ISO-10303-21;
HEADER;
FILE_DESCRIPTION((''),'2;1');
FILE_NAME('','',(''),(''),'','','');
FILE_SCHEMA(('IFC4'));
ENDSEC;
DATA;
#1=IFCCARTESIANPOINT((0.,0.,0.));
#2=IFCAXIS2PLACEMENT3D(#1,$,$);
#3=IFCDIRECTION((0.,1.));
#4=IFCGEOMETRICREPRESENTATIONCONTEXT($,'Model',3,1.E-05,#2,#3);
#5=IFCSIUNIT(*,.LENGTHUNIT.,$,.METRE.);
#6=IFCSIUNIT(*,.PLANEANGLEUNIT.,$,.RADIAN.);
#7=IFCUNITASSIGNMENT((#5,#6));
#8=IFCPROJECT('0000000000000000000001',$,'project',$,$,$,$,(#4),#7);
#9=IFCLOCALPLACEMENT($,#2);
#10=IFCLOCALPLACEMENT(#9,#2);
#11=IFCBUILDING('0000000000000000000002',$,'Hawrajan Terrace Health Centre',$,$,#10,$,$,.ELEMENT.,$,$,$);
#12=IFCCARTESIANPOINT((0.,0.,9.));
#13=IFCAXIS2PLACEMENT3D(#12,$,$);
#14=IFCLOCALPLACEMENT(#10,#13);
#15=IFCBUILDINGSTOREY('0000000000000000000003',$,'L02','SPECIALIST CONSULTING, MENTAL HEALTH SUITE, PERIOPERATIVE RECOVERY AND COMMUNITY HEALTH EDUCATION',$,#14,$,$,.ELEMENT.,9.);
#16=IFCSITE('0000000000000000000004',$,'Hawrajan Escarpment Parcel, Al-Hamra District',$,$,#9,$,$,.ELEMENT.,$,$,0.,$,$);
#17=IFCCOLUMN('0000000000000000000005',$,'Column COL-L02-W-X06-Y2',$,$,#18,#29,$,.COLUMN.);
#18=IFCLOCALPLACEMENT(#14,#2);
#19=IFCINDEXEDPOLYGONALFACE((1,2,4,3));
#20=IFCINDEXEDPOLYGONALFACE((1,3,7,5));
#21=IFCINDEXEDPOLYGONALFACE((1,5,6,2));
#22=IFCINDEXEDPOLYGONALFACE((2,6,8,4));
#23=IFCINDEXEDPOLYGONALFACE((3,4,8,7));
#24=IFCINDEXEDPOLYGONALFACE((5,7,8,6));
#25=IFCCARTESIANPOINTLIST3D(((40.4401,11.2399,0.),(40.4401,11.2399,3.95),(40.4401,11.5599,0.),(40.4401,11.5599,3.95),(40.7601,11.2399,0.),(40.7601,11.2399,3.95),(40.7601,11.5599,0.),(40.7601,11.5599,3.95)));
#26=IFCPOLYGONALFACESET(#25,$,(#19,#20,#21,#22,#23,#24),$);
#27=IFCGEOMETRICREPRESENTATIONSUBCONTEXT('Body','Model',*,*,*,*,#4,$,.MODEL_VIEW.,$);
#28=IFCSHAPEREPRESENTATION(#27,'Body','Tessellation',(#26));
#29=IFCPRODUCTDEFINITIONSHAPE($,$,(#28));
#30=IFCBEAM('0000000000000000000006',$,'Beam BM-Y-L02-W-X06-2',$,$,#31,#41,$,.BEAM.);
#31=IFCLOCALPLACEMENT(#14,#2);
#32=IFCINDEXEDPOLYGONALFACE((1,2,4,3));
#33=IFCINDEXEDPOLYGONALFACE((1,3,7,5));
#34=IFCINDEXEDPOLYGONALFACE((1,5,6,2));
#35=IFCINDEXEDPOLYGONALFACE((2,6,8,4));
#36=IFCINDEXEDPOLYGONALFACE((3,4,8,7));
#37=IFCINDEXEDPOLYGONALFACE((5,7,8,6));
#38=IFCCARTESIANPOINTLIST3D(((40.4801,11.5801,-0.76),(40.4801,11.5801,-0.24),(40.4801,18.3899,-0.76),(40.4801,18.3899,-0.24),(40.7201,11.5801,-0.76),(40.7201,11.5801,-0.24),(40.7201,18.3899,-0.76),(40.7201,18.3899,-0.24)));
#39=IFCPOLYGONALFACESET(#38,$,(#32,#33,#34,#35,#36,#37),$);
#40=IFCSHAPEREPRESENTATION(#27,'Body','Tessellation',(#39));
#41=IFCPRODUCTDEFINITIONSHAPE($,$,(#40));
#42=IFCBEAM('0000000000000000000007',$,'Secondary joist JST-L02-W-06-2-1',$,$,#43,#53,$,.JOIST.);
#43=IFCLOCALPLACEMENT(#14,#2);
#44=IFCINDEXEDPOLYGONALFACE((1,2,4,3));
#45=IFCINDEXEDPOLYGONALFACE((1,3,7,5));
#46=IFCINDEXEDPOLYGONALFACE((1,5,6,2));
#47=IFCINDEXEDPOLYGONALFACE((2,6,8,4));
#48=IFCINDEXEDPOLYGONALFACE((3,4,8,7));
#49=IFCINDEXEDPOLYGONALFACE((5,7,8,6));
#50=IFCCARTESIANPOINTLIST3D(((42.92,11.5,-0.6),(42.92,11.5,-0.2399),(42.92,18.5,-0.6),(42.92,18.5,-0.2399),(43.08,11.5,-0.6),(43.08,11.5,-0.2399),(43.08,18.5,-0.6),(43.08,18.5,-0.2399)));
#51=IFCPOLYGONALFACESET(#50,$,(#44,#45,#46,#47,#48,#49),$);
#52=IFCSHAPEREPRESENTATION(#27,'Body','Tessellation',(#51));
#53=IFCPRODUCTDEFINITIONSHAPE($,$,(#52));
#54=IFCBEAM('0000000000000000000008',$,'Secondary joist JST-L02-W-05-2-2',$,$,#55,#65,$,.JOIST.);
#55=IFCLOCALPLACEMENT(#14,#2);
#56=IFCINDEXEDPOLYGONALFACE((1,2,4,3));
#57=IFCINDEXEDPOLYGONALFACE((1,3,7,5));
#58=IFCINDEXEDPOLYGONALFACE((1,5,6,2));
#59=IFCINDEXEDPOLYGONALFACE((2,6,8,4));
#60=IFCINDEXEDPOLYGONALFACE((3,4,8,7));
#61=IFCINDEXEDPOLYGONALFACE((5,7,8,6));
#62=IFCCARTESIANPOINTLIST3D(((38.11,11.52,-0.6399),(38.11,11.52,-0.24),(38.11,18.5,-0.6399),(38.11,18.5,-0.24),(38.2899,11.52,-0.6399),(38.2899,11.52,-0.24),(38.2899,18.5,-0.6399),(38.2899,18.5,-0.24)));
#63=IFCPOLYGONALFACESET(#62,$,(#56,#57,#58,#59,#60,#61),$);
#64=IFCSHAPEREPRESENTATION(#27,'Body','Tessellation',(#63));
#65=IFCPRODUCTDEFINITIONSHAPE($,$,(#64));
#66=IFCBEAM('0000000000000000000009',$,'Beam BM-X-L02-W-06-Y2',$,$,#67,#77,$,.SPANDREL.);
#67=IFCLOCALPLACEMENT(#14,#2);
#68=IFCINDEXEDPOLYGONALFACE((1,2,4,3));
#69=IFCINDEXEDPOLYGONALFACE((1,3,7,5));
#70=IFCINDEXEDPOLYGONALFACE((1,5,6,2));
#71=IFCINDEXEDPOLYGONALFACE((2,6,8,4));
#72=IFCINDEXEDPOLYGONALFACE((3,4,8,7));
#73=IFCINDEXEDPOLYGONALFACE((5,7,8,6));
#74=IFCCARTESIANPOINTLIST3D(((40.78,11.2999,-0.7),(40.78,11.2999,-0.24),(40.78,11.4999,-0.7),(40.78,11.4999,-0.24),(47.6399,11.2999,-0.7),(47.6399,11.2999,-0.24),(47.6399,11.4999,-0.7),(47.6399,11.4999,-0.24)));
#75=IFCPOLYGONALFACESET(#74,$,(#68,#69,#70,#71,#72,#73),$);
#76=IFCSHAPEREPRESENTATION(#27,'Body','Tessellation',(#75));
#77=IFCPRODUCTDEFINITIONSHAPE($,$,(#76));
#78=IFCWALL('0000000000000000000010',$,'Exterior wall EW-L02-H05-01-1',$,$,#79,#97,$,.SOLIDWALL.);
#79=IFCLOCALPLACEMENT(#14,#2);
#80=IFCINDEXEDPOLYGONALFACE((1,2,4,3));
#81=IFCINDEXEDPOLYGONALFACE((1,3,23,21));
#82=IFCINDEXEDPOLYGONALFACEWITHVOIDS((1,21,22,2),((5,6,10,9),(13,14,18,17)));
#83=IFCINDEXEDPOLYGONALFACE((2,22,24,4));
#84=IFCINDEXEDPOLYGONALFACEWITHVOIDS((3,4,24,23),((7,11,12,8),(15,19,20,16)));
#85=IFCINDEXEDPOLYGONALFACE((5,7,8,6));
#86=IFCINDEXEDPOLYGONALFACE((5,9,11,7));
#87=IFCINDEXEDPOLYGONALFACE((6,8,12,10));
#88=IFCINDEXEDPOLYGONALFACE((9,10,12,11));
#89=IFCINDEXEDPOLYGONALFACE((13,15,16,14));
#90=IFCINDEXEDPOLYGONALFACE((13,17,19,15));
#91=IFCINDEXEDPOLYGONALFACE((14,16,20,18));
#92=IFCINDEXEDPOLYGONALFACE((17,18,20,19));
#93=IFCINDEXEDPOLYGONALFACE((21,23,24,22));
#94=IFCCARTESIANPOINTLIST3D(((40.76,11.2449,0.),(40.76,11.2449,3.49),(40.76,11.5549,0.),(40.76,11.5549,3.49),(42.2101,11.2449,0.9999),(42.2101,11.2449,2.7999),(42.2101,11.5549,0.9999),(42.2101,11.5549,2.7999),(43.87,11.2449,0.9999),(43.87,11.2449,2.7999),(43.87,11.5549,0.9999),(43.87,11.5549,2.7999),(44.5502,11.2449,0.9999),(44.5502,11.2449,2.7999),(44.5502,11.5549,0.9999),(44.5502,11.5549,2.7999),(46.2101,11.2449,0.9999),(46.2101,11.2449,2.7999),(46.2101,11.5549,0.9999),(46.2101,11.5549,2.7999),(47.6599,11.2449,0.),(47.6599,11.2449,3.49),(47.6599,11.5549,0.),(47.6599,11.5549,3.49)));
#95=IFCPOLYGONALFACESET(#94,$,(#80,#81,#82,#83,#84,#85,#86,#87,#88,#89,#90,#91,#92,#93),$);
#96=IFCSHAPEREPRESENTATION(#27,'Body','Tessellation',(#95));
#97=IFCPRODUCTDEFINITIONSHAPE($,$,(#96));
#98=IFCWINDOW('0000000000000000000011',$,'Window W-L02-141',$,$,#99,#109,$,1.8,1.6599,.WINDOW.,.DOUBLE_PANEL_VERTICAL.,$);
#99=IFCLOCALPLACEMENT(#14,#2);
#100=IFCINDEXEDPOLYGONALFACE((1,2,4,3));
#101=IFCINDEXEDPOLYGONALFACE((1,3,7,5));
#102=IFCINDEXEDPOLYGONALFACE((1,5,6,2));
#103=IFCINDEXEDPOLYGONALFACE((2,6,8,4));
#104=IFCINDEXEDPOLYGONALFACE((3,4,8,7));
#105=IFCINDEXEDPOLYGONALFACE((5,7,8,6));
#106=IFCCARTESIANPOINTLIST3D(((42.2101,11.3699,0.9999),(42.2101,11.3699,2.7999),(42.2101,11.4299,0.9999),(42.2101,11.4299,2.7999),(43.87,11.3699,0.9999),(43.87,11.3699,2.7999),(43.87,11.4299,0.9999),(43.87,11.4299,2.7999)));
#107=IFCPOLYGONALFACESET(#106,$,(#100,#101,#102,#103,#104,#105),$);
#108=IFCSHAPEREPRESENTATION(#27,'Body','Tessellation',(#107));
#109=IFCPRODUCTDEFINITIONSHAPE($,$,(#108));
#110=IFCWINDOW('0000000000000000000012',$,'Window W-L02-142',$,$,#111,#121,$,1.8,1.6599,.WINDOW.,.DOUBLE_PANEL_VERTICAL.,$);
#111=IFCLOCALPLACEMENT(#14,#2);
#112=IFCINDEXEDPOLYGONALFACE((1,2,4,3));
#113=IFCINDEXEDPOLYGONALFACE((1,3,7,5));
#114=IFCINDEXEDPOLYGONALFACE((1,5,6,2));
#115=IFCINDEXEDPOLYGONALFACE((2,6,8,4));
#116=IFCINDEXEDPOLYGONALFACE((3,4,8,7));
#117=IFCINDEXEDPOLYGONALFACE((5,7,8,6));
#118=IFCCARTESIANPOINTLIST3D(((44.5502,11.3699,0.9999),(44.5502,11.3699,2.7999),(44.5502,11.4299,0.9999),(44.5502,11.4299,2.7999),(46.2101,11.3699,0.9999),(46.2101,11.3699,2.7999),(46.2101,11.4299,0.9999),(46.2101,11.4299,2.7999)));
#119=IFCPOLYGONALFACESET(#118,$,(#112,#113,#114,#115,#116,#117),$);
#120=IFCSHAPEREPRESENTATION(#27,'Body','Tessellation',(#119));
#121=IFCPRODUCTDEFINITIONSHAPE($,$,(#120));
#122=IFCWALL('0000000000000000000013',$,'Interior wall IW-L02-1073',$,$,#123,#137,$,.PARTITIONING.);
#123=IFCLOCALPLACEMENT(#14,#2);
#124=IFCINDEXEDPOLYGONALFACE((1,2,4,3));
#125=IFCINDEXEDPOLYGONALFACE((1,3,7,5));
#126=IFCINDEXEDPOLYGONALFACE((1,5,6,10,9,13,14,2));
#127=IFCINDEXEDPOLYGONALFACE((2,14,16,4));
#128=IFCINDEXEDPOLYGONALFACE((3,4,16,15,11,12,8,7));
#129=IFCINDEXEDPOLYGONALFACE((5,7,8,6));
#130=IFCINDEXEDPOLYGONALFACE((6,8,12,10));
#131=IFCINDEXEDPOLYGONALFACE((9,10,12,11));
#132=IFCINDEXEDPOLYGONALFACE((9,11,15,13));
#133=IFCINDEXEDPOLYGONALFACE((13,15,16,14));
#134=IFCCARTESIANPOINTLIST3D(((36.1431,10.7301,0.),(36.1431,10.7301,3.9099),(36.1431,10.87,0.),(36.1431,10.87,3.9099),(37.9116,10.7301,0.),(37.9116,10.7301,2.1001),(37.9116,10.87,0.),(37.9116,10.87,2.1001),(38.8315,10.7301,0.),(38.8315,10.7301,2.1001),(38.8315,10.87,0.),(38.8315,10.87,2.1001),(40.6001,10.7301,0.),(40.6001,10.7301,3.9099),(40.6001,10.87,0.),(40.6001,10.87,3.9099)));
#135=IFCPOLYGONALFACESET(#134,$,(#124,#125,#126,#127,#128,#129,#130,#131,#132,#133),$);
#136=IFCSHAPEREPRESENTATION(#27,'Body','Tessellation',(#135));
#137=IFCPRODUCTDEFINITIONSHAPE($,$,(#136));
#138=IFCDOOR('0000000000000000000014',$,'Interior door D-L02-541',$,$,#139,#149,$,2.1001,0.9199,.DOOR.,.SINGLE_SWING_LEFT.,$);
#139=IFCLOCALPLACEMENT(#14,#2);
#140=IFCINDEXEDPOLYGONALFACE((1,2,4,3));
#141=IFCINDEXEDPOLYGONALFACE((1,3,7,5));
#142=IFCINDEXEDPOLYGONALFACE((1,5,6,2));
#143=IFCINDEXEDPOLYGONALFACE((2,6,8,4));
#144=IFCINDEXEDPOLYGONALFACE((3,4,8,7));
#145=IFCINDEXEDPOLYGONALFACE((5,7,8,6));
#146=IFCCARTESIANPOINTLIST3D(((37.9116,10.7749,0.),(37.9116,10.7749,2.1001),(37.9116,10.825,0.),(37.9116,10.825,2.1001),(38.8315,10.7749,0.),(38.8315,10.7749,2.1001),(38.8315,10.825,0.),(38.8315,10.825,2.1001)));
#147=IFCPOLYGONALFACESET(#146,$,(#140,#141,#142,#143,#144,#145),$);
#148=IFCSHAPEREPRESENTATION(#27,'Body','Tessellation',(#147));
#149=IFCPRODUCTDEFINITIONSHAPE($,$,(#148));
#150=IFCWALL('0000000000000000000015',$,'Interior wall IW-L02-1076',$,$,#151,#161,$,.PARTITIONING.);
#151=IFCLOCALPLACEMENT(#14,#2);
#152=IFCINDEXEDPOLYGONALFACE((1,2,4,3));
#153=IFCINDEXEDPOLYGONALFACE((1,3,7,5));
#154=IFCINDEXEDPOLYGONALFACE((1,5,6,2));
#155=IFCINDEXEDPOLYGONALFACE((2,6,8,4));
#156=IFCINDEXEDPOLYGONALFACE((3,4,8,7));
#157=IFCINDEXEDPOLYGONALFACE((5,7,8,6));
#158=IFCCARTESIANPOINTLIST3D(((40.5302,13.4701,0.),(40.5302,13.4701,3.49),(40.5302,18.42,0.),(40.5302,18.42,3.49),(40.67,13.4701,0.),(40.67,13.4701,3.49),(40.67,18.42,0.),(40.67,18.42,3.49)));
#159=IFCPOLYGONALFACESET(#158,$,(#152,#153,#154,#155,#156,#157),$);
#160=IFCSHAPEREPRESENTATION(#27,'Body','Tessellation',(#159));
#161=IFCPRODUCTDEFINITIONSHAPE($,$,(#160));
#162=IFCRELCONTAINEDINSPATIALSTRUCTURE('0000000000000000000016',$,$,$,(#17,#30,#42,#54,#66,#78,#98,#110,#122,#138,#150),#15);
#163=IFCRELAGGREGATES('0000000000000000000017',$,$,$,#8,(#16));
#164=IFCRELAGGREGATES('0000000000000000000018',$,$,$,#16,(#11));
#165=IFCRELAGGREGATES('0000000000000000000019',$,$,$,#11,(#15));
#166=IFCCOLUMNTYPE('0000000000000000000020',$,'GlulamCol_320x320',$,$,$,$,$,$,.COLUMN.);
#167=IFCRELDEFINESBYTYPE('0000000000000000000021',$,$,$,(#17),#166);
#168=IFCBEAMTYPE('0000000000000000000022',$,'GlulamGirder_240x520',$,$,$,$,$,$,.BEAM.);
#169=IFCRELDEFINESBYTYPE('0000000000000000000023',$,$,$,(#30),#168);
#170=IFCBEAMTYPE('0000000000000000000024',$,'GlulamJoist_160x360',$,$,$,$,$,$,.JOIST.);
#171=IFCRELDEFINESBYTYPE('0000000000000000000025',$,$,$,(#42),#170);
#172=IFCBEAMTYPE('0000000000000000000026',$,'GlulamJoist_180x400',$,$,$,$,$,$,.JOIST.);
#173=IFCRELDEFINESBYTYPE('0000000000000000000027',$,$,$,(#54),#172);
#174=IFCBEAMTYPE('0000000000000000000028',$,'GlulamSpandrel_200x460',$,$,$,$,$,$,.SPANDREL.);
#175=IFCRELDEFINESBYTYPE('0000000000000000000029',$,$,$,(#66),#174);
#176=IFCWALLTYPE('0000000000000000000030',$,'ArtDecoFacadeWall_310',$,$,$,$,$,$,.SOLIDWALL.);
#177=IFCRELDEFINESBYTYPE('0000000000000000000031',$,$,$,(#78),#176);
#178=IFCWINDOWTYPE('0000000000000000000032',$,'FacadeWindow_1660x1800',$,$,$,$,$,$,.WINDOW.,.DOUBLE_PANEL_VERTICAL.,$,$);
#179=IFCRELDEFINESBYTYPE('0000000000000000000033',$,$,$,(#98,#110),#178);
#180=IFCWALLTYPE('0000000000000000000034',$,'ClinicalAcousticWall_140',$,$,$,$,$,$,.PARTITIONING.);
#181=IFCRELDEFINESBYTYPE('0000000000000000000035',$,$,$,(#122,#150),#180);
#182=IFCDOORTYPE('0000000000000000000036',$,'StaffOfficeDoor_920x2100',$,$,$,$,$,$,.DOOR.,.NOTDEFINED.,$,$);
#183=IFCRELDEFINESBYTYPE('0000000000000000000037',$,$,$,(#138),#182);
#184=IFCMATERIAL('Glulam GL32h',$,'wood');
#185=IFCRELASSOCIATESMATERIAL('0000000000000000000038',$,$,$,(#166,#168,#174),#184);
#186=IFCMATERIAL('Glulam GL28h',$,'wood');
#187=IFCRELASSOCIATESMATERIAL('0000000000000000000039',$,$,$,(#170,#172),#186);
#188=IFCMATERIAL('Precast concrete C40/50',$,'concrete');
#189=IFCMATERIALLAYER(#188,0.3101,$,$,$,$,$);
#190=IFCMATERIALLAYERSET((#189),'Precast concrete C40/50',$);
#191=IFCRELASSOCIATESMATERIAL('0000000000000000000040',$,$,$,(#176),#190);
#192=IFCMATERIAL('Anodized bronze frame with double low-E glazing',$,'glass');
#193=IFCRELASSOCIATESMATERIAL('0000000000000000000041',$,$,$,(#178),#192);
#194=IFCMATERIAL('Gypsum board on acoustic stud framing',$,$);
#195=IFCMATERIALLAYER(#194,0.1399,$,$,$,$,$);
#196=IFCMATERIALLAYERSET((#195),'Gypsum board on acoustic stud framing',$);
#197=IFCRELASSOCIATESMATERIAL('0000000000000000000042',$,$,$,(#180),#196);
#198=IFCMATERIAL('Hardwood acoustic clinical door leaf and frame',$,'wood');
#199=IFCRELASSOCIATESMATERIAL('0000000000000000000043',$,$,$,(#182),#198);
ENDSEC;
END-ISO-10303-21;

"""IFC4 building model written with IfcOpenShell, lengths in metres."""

from ifc_helpers import new_model, si_unit, direction, frame, frame_2d, origin, origin_2d, place, context, subcontext, project, spatial, rectangle, extrude, material, layer, layer_set, material_profile, profile_set, type_object, element, fill, save


model = new_model("IFC4")

# Units and contexts
model_context = context("Model", 3, precision=1e-05, world=origin(), true_north=direction((0.0, 1.0)))
body_context = subcontext(model_context, "Body", "Model", "MODEL_VIEW")
ifc_project = project(units=[si_unit("LENGTHUNIT", "METRE"), si_unit("PLANEANGLEUNIT", "RADIAN")], contexts=[model_context])

# Site, building, storey
site_placement = place(None, origin())
site = spatial("IfcSite", under=ifc_project, at=site_placement, Name="Hawrajan Escarpment Parcel, Al-Hamra District", CompositionType="ELEMENT", RefElevation=0.0)
building_placement = place(site_placement, origin())
building = spatial("IfcBuilding", under=site, at=building_placement, Name="Hawrajan Terrace Health Centre", CompositionType="ELEMENT")
storey_placement = place(building_placement, frame((0.0, 0.0, 9.0)))
storey = spatial("IfcBuildingStorey", under=building, at=storey_placement, Name="L02", Description="SPECIALIST CONSULTING, MENTAL HEALTH SUITE, PERIOPERATIVE RECOVERY AND COMMUNITY HEALTH EDUCATION", CompositionType="ELEMENT", Elevation=9.0)

# Column
ifc_material_1 = material(Name="Glulam GL32h", Category="wood")
ifc_material_profile_1 = material_profile(ifc_material_1, rectangle(XDim=0.3201, YDim=0.3201, at=origin_2d()), Name="GL 320x320")
ifc_profile_set_1 = profile_set([ifc_material_profile_1], Name="Glulam GL32h")
column_type = type_object("IfcColumnType", Name="GlulamCol_320x320", PredefinedType="COLUMN", material=ifc_profile_set_1)
column_placement = place(storey_placement, frame((40.6001, 11.3999, 0.0), z_axis=(0.0, 0.0, 1.0), x_axis=(1.0, 0.0, 0.0)))
element("IfcColumn", 1, at=column_placement, inside=storey, type_object=column_type, Name="Column COL-L02-W-X06-Y2", PredefinedType="COLUMN", context=body_context, shape_type="SweptSolid", body=[
    extrude(rectangle(XDim=0.3201, YDim=0.3201, at=origin_2d()), origin(), (0.0, 0.0, 1.0), 3.95),
])

# Beams
ifc_material_profile_2 = material_profile(ifc_material_1, rectangle(XDim=0.24, YDim=0.52, at=origin_2d()), Name="GL BM 240x520")
ifc_profile_set_2 = profile_set([ifc_material_profile_2], Name="Glulam GL32h")
beam_type_1 = type_object("IfcBeamType", Name="GlulamGirder_240x520", PredefinedType="BEAM", material=ifc_profile_set_2)
beam_1_placement = place(storey_placement, frame((40.6001, 11.5801, -0.5), z_axis=(0.0, 1.0, 0.0), x_axis=(-1.0, 0.0, 0.0)))
element("IfcBeam", 2, at=beam_1_placement, inside=storey, type_object=beam_type_1, Name="Beam BM-Y-L02-W-X06-2", PredefinedType="BEAM", context=body_context, shape_type="SweptSolid", body=[
    extrude(rectangle(XDim=0.24, YDim=0.52, at=origin_2d()), origin(), (0.0, 0.0, 1.0), 6.8098),
])
ifc_material_2 = material(Name="Glulam GL28h", Category="wood")
ifc_material_profile_3 = material_profile(ifc_material_2, rectangle(XDim=0.1599, YDim=0.3601, at=origin_2d()), Name="GL JST 160x360")
ifc_profile_set_3 = profile_set([ifc_material_profile_3], Name="Glulam GL28h")
beam_type_2 = type_object("IfcBeamType", Name="GlulamJoist_160x360", PredefinedType="JOIST", material=ifc_profile_set_3)
beam_2_placement = place(storey_placement, frame((43.0, 11.5, -0.4199), z_axis=(0.0, 1.0, 0.0), x_axis=(-1.0, 0.0, 0.0)))
element("IfcBeam", 3, at=beam_2_placement, inside=storey, type_object=beam_type_2, Name="Secondary joist JST-L02-W-06-2-1", PredefinedType="JOIST", context=body_context, shape_type="SweptSolid", body=[
    extrude(rectangle(XDim=0.1599, YDim=0.3601, at=origin_2d()), origin(), (0.0, 0.0, 1.0), 7.0),
])
ifc_material_profile_4 = material_profile(ifc_material_2, rectangle(XDim=0.1799, YDim=0.3999, at=origin_2d()), Name="GL JST 180x400")
ifc_profile_set_4 = profile_set([ifc_material_profile_4], Name="Glulam GL28h")
beam_type_3 = type_object("IfcBeamType", Name="GlulamJoist_180x400", PredefinedType="JOIST", material=ifc_profile_set_4)
beam_3_placement = place(storey_placement, frame((38.2, 11.52, -0.4399), z_axis=(0.0, 1.0, 0.0), x_axis=(-1.0, 0.0, 0.0)))
element("IfcBeam", 4, at=beam_3_placement, inside=storey, type_object=beam_type_3, Name="Secondary joist JST-L02-W-05-2-2", PredefinedType="JOIST", context=body_context, shape_type="SweptSolid", body=[
    extrude(rectangle(XDim=0.1799, YDim=0.3999, at=origin_2d()), origin(), (0.0, 0.0, 1.0), 6.98),
])
ifc_material_profile_5 = material_profile(ifc_material_1, rectangle(XDim=0.2, YDim=0.46, at=origin_2d()), Name="GL SP 200x460")
ifc_profile_set_5 = profile_set([ifc_material_profile_5], Name="Glulam GL32h")
beam_type_4 = type_object("IfcBeamType", Name="GlulamSpandrel_200x460", PredefinedType="SPANDREL", material=ifc_profile_set_5)
beam_4_placement = place(storey_placement, frame((40.78, 11.3999, -0.47), z_axis=(1.0, 0.0, 0.0), x_axis=(0.0, 1.0, 0.0)))
element("IfcBeam", 5, at=beam_4_placement, inside=storey, type_object=beam_type_4, Name="Beam BM-X-L02-W-06-Y2", PredefinedType="SPANDREL", context=body_context, shape_type="SweptSolid", body=[
    extrude(rectangle(XDim=0.2, YDim=0.46, at=origin_2d()), origin(), (0.0, 0.0, 1.0), 6.8599),
])

# Wall, openings, windows
ifc_material_3 = material(Name="Precast concrete C40/50", Category="concrete")
ifc_layer_1 = layer(ifc_material_3, 0.3101)
ifc_layer_set_1 = layer_set([ifc_layer_1], Name="Precast concrete C40/50")
wall_type_1 = type_object("IfcWallType", Name="ArtDecoFacadeWall_310", PredefinedType="SOLIDWALL", material=ifc_layer_set_1)
wall_1_placement = place(storey_placement, frame((40.76, 11.3999, 0.0), z_axis=(0.0, 0.0, 1.0), x_axis=(1.0, 0.0, 0.0)))
wall_1 = element("IfcWall", 6, at=wall_1_placement, inside=storey, type_object=wall_type_1, Name="Exterior wall EW-L02-H05-01-1", PredefinedType="SOLIDWALL", context=body_context, shape_type="SweptSolid", body=[
    extrude(rectangle(XDim=6.8999, YDim=0.3101, at=frame_2d((3.45, 0.0))), origin(), (0.0, 0.0, 1.0), 3.49),
])
opening_1_placement = place(wall_1_placement, frame((1.45, 0.0, 1.0)))
opening_1 = element("IfcOpeningElement", 7, at=opening_1_placement, cuts=wall_1, PredefinedType="OPENING", context=body_context, shape_type="SweptSolid", body=[
    extrude(rectangle(XDim=1.6599, YDim=1.8, at=frame_2d((0.8301, 0.8999))), frame((0.0, 0.165, 0.0), z_axis=(0.0, -1.0, 0.0), x_axis=(1.0, 0.0, 0.0)), (0.0, 0.0, 1.0), 0.3301),
])
opening_2_placement = place(wall_1_placement, frame((3.79, 0.0, 1.0)))
opening_2 = element("IfcOpeningElement", 8, at=opening_2_placement, cuts=wall_1, PredefinedType="OPENING", context=body_context, shape_type="SweptSolid", body=[
    extrude(rectangle(XDim=1.6599, YDim=1.8, at=frame_2d((0.8301, 0.8999))), frame((0.0, 0.165, 0.0), z_axis=(0.0, -1.0, 0.0), x_axis=(1.0, 0.0, 0.0)), (0.0, 0.0, 1.0), 0.3301),
])
ifc_material_4 = material(Name="Anodized bronze frame with double low-E glazing", Category="glass")
window_type = type_object("IfcWindowType", Name="FacadeWindow_1660x1800", PartitioningType="DOUBLE_PANEL_VERTICAL", PredefinedType="WINDOW", material=ifc_material_4)
window_1_placement = place(opening_1_placement, origin())
window_1 = element("IfcWindow", 9, at=window_1_placement, inside=storey, type_object=window_type, Name="Window W-L02-141", OverallHeight=1.8, OverallWidth=1.6599, PartitioningType="DOUBLE_PANEL_VERTICAL", PredefinedType="WINDOW", context=body_context, shape_type="SweptSolid", body=[
    extrude(rectangle(XDim=1.6599, YDim=1.8, at=frame_2d((0.8301, 0.8999))), frame((0.0, 0.03, 0.0), z_axis=(0.0, -1.0, 0.0), x_axis=(1.0, 0.0, 0.0)), (0.0, 0.0, 1.0), 0.0601),
])
fill(opening_1, window_1)
window_2_placement = place(opening_2_placement, origin())
window_2 = element("IfcWindow", 10, at=window_2_placement, inside=storey, type_object=window_type, Name="Window W-L02-142", OverallHeight=1.8, OverallWidth=1.6599, PartitioningType="DOUBLE_PANEL_VERTICAL", PredefinedType="WINDOW", context=body_context, shape_type="SweptSolid", body=[
    extrude(rectangle(XDim=1.6599, YDim=1.8, at=frame_2d((0.8301, 0.8999))), frame((0.0, 0.03, 0.0), z_axis=(0.0, -1.0, 0.0), x_axis=(1.0, 0.0, 0.0)), (0.0, 0.0, 1.0), 0.0601),
])
fill(opening_2, window_2)

# Wall, opening, door
ifc_material_5 = material(Name="Gypsum board on acoustic stud framing")
ifc_layer_2 = layer(ifc_material_5, 0.1399)
ifc_layer_set_2 = layer_set([ifc_layer_2], Name="Gypsum board on acoustic stud framing")
wall_type_2 = type_object("IfcWallType", Name="ClinicalAcousticWall_140", PredefinedType="PARTITIONING", material=ifc_layer_set_2)
wall_2_placement = place(storey_placement, frame((36.1431, 10.8, 0.0), z_axis=(0.0, 0.0, 1.0), x_axis=(1.0, 0.0, 0.0)))
wall_2 = element("IfcWall", 11, at=wall_2_placement, inside=storey, type_object=wall_type_2, Name="Interior wall IW-L02-1073", PredefinedType="PARTITIONING", context=body_context, shape_type="SweptSolid", body=[
    extrude(rectangle(XDim=4.457, YDim=0.1399, at=frame_2d((2.2285, 0.0))), origin(), (0.0, 0.0, 1.0), 3.9099),
])
opening_3_placement = place(wall_2_placement, frame((1.7686, 0.0, 0.0)))
opening_3 = element("IfcOpeningElement", 12, at=opening_3_placement, cuts=wall_2, PredefinedType="OPENING", context=body_context, shape_type="SweptSolid", body=[
    extrude(rectangle(XDim=0.9199, YDim=2.1001, at=frame_2d((0.46, 1.05))), frame((0.0, 0.0798, 0.0), z_axis=(0.0, -1.0, 0.0), x_axis=(1.0, 0.0, 0.0)), (0.0, 0.0, 1.0), 0.1599),
])
ifc_material_6 = material(Name="Hardwood acoustic clinical door leaf and frame", Category="wood")
door_type_1 = type_object("IfcDoorType", Name="StaffOfficeDoor_920x2100", OperationType="NOTDEFINED", PredefinedType="DOOR", material=ifc_material_6)
door_1_placement = place(opening_3_placement, origin())
door_1 = element("IfcDoor", 13, at=door_1_placement, inside=storey, type_object=door_type_1, Name="Interior door D-L02-541", OperationType="SINGLE_SWING_LEFT", OverallHeight=2.1001, OverallWidth=0.9199, PredefinedType="DOOR", context=body_context, shape_type="SweptSolid", body=[
    extrude(rectangle(XDim=0.9199, YDim=2.1001, at=frame_2d((0.46, 1.05))), frame((0.0, 0.0249, 0.0), z_axis=(0.0, -1.0, 0.0), x_axis=(1.0, 0.0, 0.0)), (0.0, 0.0, 1.0), 0.05),
])
fill(opening_3, door_1)

# Wall
wall_3_placement = place(storey_placement, frame((40.6001, 13.47, 0.0), z_axis=(0.0, 0.0, 1.0), x_axis=(0.0, 1.0, 0.0)))
element("IfcWall", 14, at=wall_3_placement, inside=storey, type_object=wall_type_2, Name="Interior wall IW-L02-1076", PredefinedType="PARTITIONING", context=body_context, shape_type="SweptSolid", body=[
    extrude(rectangle(XDim=4.95, YDim=0.1399, at=frame_2d((2.4751, 0.0))), origin(), (0.0, 0.0, 1.0), 3.49),
])

save(model, "model.ifc")
